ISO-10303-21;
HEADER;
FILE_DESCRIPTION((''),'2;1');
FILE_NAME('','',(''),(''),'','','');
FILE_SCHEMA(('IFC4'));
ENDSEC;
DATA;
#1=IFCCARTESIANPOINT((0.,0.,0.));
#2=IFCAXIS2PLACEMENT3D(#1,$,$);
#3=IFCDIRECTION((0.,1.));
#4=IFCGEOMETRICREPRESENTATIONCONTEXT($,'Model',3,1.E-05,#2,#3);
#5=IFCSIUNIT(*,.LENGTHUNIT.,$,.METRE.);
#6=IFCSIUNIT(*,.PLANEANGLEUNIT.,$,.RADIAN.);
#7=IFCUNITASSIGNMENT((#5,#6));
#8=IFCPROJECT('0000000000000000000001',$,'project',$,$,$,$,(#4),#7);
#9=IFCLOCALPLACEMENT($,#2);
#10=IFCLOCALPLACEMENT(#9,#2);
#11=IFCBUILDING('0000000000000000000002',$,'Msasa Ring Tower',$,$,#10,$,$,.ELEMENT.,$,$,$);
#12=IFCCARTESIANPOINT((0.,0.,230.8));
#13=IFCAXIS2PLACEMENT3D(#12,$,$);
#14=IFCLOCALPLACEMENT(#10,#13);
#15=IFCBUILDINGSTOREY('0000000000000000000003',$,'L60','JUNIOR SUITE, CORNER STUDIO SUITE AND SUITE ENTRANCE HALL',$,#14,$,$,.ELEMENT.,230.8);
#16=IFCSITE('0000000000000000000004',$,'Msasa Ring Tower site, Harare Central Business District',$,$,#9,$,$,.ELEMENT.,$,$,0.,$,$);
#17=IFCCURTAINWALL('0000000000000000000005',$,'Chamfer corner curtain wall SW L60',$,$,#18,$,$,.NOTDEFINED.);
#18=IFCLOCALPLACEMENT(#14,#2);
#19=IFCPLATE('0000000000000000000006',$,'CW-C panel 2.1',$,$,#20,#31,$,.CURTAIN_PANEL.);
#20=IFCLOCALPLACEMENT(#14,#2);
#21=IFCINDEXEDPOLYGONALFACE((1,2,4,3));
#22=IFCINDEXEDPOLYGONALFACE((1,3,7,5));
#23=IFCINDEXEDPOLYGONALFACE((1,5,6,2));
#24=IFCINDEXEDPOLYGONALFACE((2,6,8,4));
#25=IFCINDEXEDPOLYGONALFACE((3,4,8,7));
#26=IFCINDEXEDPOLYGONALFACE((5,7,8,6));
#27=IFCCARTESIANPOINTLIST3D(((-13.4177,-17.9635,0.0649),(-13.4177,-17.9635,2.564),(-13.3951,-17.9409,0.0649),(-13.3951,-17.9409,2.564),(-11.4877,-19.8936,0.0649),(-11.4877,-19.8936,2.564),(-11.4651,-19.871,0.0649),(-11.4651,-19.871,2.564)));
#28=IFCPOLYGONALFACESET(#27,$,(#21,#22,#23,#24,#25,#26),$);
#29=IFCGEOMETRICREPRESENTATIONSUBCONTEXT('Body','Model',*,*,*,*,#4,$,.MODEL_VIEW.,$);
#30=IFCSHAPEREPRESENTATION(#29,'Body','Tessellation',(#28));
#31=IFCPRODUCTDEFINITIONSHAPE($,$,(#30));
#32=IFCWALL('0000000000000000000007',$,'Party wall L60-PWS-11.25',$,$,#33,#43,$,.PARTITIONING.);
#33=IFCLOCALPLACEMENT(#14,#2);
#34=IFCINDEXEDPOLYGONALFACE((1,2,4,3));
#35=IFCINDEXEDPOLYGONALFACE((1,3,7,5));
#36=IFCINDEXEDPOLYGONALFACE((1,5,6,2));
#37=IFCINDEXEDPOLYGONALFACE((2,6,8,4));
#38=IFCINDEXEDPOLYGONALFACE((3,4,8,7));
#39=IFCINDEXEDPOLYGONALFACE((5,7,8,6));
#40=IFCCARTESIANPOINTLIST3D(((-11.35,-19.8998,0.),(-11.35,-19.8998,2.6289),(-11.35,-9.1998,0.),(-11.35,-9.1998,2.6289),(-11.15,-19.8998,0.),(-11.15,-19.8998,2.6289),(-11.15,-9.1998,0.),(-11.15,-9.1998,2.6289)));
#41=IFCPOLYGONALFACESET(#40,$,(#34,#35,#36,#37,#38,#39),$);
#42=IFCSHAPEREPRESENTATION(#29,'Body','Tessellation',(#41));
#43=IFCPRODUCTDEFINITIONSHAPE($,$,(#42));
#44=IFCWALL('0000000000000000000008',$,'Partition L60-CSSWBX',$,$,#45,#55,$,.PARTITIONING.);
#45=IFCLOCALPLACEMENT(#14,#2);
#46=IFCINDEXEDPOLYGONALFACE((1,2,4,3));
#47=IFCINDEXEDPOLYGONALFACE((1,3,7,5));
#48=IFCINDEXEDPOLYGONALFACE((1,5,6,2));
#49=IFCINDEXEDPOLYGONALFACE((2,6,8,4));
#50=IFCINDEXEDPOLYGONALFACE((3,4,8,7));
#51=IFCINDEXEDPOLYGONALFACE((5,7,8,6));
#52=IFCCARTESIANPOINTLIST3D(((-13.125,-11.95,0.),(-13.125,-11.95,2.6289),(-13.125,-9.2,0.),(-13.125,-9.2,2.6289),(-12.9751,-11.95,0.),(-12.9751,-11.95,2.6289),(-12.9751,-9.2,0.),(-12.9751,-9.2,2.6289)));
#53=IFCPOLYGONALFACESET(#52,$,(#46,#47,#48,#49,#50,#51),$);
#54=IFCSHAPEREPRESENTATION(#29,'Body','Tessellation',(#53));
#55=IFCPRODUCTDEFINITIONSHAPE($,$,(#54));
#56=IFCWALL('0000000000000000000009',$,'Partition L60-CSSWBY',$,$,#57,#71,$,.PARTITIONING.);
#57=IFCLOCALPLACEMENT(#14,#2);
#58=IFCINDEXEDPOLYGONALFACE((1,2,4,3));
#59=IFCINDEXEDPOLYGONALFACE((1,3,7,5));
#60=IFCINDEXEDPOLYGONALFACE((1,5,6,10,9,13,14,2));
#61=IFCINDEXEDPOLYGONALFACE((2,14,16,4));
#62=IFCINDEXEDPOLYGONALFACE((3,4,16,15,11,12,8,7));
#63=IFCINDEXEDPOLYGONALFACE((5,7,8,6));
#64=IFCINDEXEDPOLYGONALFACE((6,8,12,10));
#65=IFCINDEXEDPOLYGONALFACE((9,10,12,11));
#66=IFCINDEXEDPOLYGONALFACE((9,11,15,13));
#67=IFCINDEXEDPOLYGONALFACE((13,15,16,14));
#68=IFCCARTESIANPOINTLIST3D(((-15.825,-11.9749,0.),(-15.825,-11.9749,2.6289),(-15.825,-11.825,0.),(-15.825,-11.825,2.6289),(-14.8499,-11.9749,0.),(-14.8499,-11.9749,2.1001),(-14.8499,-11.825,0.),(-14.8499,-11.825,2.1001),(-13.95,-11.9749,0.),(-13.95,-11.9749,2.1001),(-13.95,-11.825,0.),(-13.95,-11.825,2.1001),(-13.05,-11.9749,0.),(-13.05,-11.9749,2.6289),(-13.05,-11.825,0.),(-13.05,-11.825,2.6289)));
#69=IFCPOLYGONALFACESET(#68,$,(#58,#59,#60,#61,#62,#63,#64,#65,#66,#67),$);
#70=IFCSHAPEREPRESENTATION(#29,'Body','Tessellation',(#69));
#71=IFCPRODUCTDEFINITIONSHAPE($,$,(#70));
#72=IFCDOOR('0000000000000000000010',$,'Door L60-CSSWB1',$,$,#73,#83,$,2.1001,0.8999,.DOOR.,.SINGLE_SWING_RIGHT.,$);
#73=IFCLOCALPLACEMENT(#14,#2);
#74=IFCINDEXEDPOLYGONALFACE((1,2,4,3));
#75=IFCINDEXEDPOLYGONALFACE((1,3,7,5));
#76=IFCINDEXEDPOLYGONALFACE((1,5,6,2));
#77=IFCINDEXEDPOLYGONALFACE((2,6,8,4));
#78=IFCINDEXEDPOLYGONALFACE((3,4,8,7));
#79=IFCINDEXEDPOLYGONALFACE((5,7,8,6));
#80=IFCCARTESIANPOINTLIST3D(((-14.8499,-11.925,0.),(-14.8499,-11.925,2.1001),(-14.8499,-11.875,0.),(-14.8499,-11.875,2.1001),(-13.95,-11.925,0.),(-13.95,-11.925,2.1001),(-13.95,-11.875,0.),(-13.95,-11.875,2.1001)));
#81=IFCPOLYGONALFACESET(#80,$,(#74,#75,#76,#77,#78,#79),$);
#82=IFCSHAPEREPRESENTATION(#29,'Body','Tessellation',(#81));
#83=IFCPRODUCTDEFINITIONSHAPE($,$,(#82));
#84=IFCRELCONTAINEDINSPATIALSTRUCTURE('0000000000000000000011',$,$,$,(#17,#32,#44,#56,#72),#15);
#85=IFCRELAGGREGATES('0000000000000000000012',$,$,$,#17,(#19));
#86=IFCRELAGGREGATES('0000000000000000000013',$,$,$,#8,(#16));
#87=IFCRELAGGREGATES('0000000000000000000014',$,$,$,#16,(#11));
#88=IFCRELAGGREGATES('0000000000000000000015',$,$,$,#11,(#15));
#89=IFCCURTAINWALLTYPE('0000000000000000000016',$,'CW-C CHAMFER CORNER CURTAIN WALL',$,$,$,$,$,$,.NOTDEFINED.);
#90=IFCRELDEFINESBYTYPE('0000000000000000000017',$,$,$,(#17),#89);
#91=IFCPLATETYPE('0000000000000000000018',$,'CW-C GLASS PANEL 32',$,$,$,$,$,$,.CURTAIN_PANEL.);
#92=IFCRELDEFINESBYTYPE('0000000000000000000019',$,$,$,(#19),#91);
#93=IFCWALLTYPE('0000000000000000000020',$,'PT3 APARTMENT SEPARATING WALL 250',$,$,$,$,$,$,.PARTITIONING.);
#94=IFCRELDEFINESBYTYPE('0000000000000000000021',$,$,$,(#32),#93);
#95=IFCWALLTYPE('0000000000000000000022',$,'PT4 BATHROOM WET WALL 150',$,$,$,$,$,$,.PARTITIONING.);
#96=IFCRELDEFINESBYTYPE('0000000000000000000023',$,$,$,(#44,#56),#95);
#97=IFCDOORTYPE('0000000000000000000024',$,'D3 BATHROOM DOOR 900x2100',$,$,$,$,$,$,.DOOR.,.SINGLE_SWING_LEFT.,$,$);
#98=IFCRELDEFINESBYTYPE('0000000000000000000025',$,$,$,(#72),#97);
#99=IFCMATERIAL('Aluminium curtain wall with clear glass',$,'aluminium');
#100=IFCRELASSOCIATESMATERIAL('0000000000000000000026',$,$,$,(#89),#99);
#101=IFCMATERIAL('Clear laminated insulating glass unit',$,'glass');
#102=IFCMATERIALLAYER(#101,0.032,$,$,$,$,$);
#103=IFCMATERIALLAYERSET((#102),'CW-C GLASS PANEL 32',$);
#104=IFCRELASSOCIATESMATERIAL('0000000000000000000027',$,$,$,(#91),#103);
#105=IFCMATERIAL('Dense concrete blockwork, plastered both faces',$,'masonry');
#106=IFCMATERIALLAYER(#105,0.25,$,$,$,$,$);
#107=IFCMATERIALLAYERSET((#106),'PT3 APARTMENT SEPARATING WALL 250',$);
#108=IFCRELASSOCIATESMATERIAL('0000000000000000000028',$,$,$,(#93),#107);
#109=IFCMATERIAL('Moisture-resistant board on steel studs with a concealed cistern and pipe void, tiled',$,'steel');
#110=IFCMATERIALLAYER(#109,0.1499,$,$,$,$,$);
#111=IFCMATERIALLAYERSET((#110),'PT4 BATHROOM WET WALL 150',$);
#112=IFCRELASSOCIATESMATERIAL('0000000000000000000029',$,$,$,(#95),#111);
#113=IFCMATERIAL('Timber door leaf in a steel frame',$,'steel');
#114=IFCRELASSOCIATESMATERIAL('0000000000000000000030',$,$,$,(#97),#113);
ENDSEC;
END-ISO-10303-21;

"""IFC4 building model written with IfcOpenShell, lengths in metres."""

from ifc_helpers import new_model, si_unit, direction, frame, frame_2d, origin, origin_2d, place, context, subcontext, project, spatial, rectangle, extrude, material, layer, layer_set, type_object, element, fill, aggregate, save


model = new_model("IFC4")

# Units and contexts
model_context = context("Model", 3, precision=1e-05, world=origin(), true_north=direction((0.0, 1.0)))
body_context = subcontext(model_context, "Body", "Model", "MODEL_VIEW")
ifc_project = project(units=[si_unit("LENGTHUNIT", "METRE"), si_unit("PLANEANGLEUNIT", "RADIAN")], contexts=[model_context])

# Site, building, storey
site_placement = place(None, origin())
site = spatial("IfcSite", under=ifc_project, at=site_placement, Name="Msasa Ring Tower site, Harare Central Business District", CompositionType="ELEMENT", RefElevation=0.0)
building_placement = place(site_placement, origin())
building = spatial("IfcBuilding", under=site, at=building_placement, Name="Msasa Ring Tower", CompositionType="ELEMENT")
storey_placement = place(building_placement, frame((0.0, 0.0, 230.8)))
storey = spatial("IfcBuildingStorey", under=building, at=storey_placement, Name="L60", Description="JUNIOR SUITE, CORNER STUDIO SUITE AND SUITE ENTRANCE HALL", CompositionType="ELEMENT", Elevation=230.8)

# Curtain wall
ifc_material_1 = material(Name="Aluminium curtain wall with clear glass", Category="aluminium")
curtain_wall_type = type_object("IfcCurtainWallType", Name="CW-C CHAMFER CORNER CURTAIN WALL", PredefinedType="NOTDEFINED", material=ifc_material_1)
curtain_wall_1_placement = place(storey_placement, origin())
curtain_wall_1 = element("IfcCurtainWall", 1, at=curtain_wall_1_placement, inside=storey, type_object=curtain_wall_type, Name="Chamfer corner curtain wall SW L60", PredefinedType="NOTDEFINED")

# Plate
ifc_material_2 = material(Name="Clear laminated insulating glass unit", Category="glass")
ifc_layer_1 = layer(ifc_material_2, 0.032)
ifc_layer_set_1 = layer_set([ifc_layer_1], Name="CW-C GLASS PANEL 32")
plate_type = type_object("IfcPlateType", Name="CW-C GLASS PANEL 32", PredefinedType="CURTAIN_PANEL", material=ifc_layer_set_1)
plate_1_placement = place(storey_placement, frame((-12.4414, -18.9172, 0.0649), z_axis=(0.0, 0.0, 1.0), x_axis=(0.707107, -0.707107, 0.0)))
plate_1 = element("IfcPlate", 2, at=plate_1_placement, type_object=plate_type, Name="CW-C panel 2.1", PredefinedType="CURTAIN_PANEL", context=body_context, shape_type="SweptSolid", body=[
    extrude(rectangle(XDim=2.7295, YDim=0.032, at=origin_2d()), origin(), (0.0, 0.0, 1.0), 2.499),
])
aggregate(curtain_wall_1, [plate_1])

# Walls
ifc_material_3 = material(Name="Dense concrete blockwork, plastered both faces", Category="masonry")
ifc_layer_2 = layer(ifc_material_3, 0.25)
ifc_layer_set_2 = layer_set([ifc_layer_2], Name="PT3 APARTMENT SEPARATING WALL 250")
wall_type_1 = type_object("IfcWallType", Name="PT3 APARTMENT SEPARATING WALL 250", PredefinedType="PARTITIONING", material=ifc_layer_set_2)
wall_1_placement = place(storey_placement, frame((-11.25, -19.8999, 0.0), z_axis=(0.0, 0.0, 1.0), x_axis=(0.0, 1.0, 0.0)))
element("IfcWall", 3, at=wall_1_placement, inside=storey, type_object=wall_type_1, Name="Party wall L60-PWS-11.25", PredefinedType="PARTITIONING", context=body_context, shape_type="SweptSolid", body=[
    extrude(rectangle(XDim=10.7, YDim=0.2, at=frame_2d((5.3501, 0.0))), origin(), (0.0, 0.0, 1.0), 2.6289),
])
ifc_material_4 = material(Name="Moisture-resistant board on steel studs with a concealed cistern and pipe void, tiled", Category="steel")
ifc_layer_3 = layer(ifc_material_4, 0.1499)
ifc_layer_set_3 = layer_set([ifc_layer_3], Name="PT4 BATHROOM WET WALL 150")
wall_type_2 = type_object("IfcWallType", Name="PT4 BATHROOM WET WALL 150", PredefinedType="PARTITIONING", material=ifc_layer_set_3)
wall_2_placement = place(storey_placement, frame((-13.05, -11.95, 0.0), z_axis=(0.0, 0.0, 1.0), x_axis=(0.0, 1.0, 0.0)))
element("IfcWall", 4, at=wall_2_placement, inside=storey, type_object=wall_type_2, Name="Partition L60-CSSWBX", PredefinedType="PARTITIONING", context=body_context, shape_type="SweptSolid", body=[
    extrude(rectangle(XDim=2.75, YDim=0.1499, at=frame_2d((1.375, 0.0))), origin(), (0.0, 0.0, 1.0), 2.6289),
])

# Wall, opening, door
wall_3_placement = place(storey_placement, frame((-15.825, -11.8999, 0.0), z_axis=(0.0, 0.0, 1.0), x_axis=(1.0, 0.0, 0.0)))
wall_3 = element("IfcWall", 5, at=wall_3_placement, inside=storey, type_object=wall_type_2, Name="Partition L60-CSSWBY", PredefinedType="PARTITIONING", context=body_context, shape_type="SweptSolid", body=[
    extrude(rectangle(XDim=2.7749, YDim=0.1499, at=frame_2d((1.3875, 0.0))), origin(), (0.0, 0.0, 1.0), 2.6289),
])
opening_placement = place(wall_3_placement, frame((0.9751, 0.0, 0.0)))
opening = element("IfcOpeningElement", 6, at=opening_placement, cuts=wall_3, PredefinedType="OPENING", context=body_context, shape_type="SweptSolid", body=[
    extrude(rectangle(XDim=0.8999, YDim=2.1001, at=frame_2d((0.45, 1.05))), frame((0.0, 0.085, 0.0), z_axis=(0.0, -1.0, 0.0), x_axis=(1.0, 0.0, 0.0)), (0.0, 0.0, 1.0), 0.1699),
])
ifc_material_5 = material(Name="Timber door leaf in a steel frame", Category="steel")
door_type = type_object("IfcDoorType", Name="D3 BATHROOM DOOR 900x2100", OperationType="SINGLE_SWING_LEFT", PredefinedType="DOOR", material=ifc_material_5)
door_placement = place(opening_placement, origin())
door = element("IfcDoor", 7, at=door_placement, inside=storey, type_object=door_type, Name="Door L60-CSSWB1", OperationType="SINGLE_SWING_RIGHT", OverallHeight=2.1001, OverallWidth=0.8999, PredefinedType="DOOR", context=body_context, shape_type="SweptSolid", body=[
    extrude(rectangle(XDim=0.8999, YDim=2.1001, at=frame_2d((0.45, 1.05))), frame((0.0, 0.0249, 0.0), z_axis=(0.0, -1.0, 0.0), x_axis=(1.0, 0.0, 0.0)), (0.0, 0.0, 1.0), 0.05),
])
fill(opening, door)

save(model, "model.ifc")
